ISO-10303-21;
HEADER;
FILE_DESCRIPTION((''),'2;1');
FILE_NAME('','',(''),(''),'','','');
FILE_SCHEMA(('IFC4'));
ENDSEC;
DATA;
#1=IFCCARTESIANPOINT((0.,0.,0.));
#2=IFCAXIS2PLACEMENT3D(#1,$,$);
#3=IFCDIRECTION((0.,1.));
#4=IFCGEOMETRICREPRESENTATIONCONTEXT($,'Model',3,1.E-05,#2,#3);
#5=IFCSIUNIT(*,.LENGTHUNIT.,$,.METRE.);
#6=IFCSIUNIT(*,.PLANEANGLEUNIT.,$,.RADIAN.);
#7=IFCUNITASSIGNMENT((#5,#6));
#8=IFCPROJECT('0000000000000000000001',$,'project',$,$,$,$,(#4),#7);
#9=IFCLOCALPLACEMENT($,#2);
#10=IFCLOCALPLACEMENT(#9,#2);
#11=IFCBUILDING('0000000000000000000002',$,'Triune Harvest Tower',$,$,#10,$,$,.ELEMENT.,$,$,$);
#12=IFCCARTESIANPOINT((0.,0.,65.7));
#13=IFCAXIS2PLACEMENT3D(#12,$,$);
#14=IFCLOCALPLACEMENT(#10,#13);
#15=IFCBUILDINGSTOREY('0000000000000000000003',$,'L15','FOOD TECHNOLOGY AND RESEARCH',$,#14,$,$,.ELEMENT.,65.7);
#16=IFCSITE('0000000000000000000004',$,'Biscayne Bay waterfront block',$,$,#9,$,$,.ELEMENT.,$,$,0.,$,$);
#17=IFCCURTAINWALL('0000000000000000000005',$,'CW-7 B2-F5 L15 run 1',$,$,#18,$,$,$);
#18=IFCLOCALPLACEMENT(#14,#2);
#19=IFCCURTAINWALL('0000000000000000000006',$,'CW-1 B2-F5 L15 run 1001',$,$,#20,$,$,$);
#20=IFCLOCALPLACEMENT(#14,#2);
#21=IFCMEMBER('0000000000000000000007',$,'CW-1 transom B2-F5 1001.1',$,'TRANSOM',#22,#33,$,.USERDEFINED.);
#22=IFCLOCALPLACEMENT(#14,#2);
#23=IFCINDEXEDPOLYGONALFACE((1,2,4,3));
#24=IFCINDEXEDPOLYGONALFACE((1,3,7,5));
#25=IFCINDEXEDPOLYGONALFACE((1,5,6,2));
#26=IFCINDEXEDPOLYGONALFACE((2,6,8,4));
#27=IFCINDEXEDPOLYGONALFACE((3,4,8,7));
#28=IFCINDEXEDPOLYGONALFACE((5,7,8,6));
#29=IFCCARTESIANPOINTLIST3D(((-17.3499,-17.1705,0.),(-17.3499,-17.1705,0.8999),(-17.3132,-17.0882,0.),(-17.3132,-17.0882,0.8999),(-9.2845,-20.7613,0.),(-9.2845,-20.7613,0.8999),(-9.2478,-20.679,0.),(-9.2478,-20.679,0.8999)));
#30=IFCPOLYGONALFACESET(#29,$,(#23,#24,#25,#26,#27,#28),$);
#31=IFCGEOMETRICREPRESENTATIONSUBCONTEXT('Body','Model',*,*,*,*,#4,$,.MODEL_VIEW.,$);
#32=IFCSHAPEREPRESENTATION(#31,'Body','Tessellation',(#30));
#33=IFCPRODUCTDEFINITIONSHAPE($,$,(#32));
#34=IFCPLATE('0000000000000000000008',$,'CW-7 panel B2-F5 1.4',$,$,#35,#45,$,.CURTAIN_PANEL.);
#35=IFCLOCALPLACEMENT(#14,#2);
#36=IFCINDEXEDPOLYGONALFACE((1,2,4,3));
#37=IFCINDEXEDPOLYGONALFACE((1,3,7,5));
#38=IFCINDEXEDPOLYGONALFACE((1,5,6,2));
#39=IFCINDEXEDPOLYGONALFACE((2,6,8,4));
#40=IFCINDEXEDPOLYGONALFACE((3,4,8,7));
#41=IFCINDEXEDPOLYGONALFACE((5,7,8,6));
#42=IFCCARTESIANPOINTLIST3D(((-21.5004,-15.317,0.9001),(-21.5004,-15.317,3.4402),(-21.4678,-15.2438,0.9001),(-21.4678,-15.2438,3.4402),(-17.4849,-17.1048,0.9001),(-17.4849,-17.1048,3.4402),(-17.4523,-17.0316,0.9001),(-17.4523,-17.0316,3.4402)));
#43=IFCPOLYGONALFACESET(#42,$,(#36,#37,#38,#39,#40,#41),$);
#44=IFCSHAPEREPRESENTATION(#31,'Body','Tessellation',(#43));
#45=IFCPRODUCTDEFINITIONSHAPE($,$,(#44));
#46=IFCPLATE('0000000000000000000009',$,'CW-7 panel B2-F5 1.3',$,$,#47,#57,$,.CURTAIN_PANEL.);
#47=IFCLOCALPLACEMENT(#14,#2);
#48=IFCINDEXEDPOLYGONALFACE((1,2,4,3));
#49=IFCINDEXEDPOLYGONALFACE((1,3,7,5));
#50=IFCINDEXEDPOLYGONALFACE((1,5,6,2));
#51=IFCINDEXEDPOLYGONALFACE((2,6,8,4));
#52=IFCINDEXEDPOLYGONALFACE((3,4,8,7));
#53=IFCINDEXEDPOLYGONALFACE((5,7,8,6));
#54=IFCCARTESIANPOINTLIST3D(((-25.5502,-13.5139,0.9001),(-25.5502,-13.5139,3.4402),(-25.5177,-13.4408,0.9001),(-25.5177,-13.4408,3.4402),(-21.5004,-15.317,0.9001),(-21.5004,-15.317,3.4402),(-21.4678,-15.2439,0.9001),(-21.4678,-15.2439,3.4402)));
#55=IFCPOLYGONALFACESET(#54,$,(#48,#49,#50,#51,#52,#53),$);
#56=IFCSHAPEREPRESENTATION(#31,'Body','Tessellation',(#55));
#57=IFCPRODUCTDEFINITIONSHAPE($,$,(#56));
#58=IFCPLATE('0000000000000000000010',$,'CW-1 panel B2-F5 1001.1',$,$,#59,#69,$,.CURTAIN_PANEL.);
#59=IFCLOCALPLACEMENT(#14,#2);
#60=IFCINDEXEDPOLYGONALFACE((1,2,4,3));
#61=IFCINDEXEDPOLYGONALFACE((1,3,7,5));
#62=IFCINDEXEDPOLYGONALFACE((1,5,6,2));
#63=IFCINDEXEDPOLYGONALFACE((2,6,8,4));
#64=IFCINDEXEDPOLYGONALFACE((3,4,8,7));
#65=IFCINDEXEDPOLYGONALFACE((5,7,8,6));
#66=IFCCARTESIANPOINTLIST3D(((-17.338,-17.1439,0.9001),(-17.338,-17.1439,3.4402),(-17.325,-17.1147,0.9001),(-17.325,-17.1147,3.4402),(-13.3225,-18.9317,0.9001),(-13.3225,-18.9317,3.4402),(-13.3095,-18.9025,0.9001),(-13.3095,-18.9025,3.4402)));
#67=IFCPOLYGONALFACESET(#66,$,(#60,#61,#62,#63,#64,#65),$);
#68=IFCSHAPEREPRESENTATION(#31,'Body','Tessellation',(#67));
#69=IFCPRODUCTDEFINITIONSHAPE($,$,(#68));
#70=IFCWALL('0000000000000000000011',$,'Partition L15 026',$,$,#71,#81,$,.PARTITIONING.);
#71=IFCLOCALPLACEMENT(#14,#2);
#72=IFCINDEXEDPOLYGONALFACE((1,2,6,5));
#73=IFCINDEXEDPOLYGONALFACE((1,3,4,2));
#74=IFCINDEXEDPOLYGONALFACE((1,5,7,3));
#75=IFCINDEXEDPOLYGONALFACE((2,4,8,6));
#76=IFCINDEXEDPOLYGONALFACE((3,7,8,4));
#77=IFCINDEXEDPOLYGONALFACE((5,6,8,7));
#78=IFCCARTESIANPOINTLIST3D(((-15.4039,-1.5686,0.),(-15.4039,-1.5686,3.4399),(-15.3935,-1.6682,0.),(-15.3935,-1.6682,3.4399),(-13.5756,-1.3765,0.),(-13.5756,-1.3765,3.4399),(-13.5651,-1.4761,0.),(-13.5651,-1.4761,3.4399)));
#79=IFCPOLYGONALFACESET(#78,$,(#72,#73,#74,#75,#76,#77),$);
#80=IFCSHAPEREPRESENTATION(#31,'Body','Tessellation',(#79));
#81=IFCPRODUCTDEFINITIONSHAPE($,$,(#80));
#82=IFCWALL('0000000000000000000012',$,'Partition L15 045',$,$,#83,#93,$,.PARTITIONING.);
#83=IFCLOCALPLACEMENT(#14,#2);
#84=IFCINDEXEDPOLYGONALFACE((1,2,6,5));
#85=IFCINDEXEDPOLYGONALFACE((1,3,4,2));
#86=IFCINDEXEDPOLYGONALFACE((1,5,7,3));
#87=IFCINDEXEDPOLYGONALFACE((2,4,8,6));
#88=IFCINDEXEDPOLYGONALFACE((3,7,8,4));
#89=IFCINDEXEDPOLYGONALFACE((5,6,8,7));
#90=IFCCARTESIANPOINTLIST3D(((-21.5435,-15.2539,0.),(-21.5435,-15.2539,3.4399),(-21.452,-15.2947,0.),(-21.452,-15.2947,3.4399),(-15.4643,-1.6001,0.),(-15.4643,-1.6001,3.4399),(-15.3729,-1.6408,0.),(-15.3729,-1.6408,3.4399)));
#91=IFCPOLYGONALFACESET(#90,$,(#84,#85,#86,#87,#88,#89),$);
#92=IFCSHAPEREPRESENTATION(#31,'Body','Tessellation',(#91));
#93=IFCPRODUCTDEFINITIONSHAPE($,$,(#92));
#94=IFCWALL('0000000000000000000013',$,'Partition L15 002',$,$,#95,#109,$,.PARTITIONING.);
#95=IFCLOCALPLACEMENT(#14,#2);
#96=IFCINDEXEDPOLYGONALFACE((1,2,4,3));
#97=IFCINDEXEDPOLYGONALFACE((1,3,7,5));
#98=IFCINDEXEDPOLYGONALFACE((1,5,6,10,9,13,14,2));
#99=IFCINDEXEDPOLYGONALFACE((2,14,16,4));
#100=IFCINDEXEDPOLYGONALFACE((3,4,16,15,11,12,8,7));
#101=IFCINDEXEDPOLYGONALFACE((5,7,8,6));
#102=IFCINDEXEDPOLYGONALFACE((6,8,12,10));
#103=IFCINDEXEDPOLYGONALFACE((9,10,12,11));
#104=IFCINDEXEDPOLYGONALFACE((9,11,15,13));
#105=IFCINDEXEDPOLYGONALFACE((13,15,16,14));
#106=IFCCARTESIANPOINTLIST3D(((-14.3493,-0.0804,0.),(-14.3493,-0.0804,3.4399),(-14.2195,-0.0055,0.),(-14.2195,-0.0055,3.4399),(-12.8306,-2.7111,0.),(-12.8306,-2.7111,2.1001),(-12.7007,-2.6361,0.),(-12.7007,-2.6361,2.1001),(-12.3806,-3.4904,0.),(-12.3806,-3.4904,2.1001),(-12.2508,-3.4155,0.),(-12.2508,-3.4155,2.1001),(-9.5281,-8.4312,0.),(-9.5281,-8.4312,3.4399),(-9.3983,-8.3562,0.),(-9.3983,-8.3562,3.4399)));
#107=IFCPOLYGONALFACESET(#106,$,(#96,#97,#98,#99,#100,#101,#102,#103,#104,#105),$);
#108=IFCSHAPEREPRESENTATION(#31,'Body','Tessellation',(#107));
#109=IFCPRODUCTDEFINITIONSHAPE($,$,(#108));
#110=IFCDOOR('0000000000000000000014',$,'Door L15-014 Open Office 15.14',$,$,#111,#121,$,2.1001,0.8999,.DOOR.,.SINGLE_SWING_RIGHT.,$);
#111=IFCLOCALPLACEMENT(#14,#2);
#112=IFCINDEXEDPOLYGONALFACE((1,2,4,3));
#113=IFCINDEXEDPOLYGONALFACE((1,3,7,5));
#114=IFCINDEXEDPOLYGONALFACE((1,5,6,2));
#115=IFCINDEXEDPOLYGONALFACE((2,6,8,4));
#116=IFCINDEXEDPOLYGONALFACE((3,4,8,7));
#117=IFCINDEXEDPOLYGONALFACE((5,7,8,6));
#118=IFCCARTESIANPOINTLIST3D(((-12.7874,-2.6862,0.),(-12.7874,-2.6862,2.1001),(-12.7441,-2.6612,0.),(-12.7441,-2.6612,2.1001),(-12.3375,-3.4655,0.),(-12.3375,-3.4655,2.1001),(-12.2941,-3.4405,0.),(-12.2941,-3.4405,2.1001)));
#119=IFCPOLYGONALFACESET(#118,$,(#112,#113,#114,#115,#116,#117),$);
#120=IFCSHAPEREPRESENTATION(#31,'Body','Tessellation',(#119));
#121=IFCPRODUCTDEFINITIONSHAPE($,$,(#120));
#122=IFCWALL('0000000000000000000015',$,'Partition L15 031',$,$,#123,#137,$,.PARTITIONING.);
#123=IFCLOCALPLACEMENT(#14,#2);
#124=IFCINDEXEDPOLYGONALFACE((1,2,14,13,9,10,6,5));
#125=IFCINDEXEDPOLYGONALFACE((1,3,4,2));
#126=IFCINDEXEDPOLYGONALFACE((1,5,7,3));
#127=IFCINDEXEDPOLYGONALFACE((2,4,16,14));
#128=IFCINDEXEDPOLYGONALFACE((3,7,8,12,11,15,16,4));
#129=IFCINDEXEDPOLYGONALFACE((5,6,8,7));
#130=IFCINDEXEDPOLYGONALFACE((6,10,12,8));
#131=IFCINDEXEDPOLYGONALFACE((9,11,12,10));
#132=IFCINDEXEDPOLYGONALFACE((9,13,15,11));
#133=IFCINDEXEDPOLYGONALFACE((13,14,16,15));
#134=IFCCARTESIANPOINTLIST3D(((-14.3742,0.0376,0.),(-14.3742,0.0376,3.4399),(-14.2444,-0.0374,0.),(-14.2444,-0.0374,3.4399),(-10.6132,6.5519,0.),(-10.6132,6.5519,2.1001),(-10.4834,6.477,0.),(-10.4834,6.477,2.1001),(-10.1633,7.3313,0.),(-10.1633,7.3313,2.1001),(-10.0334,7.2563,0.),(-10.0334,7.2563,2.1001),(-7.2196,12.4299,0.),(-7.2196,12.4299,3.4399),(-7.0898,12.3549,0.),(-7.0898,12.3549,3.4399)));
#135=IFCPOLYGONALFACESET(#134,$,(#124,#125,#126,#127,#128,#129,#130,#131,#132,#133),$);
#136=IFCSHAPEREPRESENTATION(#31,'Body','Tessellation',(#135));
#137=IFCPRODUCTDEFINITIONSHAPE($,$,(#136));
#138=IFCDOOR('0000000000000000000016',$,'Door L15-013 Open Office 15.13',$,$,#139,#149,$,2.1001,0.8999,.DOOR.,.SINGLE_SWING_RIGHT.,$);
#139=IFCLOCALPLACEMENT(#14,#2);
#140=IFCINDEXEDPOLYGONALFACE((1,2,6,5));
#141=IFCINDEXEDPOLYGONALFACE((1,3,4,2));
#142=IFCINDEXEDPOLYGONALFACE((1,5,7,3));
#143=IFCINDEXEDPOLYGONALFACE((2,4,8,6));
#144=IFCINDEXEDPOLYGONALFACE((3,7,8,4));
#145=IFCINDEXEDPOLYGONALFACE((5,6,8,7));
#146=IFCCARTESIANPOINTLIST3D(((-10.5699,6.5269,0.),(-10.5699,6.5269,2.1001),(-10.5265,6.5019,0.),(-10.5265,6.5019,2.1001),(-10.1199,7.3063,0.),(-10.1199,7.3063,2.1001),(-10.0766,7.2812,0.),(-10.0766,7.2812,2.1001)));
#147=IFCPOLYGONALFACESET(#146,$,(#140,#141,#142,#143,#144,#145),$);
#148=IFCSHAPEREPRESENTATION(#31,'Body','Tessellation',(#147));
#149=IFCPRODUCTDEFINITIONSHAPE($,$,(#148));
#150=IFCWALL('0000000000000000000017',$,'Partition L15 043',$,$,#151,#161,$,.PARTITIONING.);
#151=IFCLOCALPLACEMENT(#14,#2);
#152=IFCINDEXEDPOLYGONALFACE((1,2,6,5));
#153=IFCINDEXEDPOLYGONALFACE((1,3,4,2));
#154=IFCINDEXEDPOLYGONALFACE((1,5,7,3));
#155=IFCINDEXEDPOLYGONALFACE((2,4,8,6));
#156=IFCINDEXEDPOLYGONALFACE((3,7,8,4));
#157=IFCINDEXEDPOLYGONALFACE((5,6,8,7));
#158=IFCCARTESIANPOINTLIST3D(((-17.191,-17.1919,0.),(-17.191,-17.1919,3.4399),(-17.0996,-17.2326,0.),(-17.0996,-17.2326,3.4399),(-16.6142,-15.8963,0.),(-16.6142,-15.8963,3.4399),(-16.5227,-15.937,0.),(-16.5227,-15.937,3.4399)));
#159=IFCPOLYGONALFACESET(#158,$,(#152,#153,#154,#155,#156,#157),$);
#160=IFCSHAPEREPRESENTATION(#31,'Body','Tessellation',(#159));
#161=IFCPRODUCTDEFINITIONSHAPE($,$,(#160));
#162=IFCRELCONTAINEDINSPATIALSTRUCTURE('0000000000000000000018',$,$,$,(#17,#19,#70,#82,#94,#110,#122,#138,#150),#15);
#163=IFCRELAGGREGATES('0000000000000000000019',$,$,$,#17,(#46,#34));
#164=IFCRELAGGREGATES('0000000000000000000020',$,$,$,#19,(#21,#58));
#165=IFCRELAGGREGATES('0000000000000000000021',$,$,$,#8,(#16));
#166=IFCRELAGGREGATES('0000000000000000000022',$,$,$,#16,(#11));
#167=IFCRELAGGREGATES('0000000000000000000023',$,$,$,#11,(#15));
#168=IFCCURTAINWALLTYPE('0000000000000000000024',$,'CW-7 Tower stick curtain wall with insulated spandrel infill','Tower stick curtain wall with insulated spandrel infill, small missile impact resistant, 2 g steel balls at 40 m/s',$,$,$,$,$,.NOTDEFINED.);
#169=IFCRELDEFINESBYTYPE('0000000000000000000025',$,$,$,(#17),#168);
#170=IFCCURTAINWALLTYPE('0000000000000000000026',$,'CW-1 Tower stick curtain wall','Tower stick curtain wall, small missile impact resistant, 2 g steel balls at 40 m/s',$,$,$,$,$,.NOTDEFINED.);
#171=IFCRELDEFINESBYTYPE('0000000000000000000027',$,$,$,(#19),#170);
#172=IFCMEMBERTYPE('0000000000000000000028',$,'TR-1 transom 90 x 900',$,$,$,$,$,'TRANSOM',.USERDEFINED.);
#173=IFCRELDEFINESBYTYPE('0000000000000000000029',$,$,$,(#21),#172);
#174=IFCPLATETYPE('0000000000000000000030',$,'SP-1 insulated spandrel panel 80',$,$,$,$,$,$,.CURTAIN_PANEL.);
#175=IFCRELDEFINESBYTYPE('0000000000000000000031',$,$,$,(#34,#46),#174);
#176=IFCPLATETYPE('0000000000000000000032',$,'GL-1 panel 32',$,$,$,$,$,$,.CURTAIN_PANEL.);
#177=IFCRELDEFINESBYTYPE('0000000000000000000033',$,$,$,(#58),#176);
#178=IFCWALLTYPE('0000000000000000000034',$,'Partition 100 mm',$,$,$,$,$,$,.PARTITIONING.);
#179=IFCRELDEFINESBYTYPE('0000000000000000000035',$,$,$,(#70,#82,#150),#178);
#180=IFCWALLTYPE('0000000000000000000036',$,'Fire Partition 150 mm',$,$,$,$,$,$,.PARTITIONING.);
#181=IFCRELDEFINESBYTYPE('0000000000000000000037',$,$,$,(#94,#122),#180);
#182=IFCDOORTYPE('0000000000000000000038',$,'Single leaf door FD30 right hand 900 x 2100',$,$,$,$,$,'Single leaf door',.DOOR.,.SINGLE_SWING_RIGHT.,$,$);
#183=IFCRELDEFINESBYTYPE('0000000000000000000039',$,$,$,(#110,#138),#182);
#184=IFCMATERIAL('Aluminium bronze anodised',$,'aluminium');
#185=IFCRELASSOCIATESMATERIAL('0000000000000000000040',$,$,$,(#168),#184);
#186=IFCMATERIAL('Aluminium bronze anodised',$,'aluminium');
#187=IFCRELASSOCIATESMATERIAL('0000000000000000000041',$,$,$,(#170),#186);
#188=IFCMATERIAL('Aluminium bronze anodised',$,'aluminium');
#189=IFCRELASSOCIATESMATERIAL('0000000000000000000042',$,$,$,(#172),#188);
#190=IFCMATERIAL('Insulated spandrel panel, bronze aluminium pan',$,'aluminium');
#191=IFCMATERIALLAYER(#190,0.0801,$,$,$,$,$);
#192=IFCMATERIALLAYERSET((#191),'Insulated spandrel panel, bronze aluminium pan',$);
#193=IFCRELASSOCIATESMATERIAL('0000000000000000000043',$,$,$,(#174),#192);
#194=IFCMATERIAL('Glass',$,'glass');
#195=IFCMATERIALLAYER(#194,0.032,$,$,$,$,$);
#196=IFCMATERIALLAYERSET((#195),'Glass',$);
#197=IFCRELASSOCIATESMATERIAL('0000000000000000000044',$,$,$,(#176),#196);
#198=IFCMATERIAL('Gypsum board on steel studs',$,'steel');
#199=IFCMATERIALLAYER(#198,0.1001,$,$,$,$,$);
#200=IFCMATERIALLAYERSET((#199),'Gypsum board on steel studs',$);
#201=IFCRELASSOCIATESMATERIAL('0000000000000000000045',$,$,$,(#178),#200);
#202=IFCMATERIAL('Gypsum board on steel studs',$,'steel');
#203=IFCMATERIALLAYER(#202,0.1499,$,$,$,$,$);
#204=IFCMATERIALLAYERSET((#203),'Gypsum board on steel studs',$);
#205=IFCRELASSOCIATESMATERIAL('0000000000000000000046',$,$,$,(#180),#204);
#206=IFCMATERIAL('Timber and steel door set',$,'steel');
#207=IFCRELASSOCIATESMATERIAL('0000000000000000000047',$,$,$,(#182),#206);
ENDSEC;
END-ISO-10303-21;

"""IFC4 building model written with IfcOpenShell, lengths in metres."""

from ifc_helpers import new_model, si_unit, direction, frame, frame_2d, origin, origin_2d, place, context, subcontext, project, spatial, rectangle, extrude, source, transform, mapped, material, layer, layer_set, material_profile, profile_set, type_object, element, fill, aggregate, save


model = new_model("IFC4")

# Units and contexts
model_context = context("Model", 3, precision=1e-05, world=origin(), true_north=direction((0.0, 1.0)))
body_context = subcontext(model_context, "Body", "Model", "MODEL_VIEW")
ifc_project = project(units=[si_unit("LENGTHUNIT", "METRE"), si_unit("PLANEANGLEUNIT", "RADIAN")], contexts=[model_context])

# Site, building, storey
site_placement = place(None, origin())
site = spatial("IfcSite", under=ifc_project, at=site_placement, Name="Biscayne Bay waterfront block", CompositionType="ELEMENT", RefElevation=0.0)
building_placement = place(site_placement, origin())
building = spatial("IfcBuilding", under=site, at=building_placement, Name="Triune Harvest Tower", CompositionType="ELEMENT")
storey_placement = place(building_placement, frame((0.0, 0.0, 65.7)))
storey = spatial("IfcBuildingStorey", under=building, at=storey_placement, Name="L15", Description="FOOD TECHNOLOGY AND RESEARCH", CompositionType="ELEMENT", Elevation=65.7)

# Curtain wall
ifc_material_1 = material(Name="Aluminium bronze anodised", Category="aluminium")
curtain_wall_type_1 = type_object("IfcCurtainWallType", Name="CW-7 Tower stick curtain wall with insulated spandrel infill", Description="Tower stick curtain wall with insulated spandrel infill, small missile impact resistant, 2 g steel balls at 40 m/s", PredefinedType="NOTDEFINED", material=ifc_material_1)
curtain_wall_1_placement = place(storey_placement, origin())
curtain_wall_1 = element("IfcCurtainWall", 1, at=curtain_wall_1_placement, inside=storey, type_object=curtain_wall_type_1, Name="CW-7 B2-F5 L15 run 1")

# Curtain wall, member
ifc_material_2 = material(Name="Aluminium bronze anodised", Category="aluminium")
curtain_wall_type_2 = type_object("IfcCurtainWallType", Name="CW-1 Tower stick curtain wall", Description="Tower stick curtain wall, small missile impact resistant, 2 g steel balls at 40 m/s", PredefinedType="NOTDEFINED", material=ifc_material_2)
curtain_wall_2_placement = place(storey_placement, origin())
curtain_wall_2 = element("IfcCurtainWall", 2, at=curtain_wall_2_placement, inside=storey, type_object=curtain_wall_type_2, Name="CW-1 B2-F5 L15 run 1001")
ifc_material_3 = material(Name="Aluminium bronze anodised", Category="aluminium")
ifc_material_profile_1 = material_profile(ifc_material_3, rectangle(XDim=0.0901, YDim=0.8999, at=origin_2d()), Name="TR-1 transom 90 x 900")
ifc_profile_set_1 = profile_set([ifc_material_profile_1], Name="Aluminium bronze anodised")
member_type_1 = type_object("IfcMemberType", Name="TR-1 transom 90 x 900", ElementType="TRANSOM", PredefinedType="USERDEFINED", material=ifc_profile_set_1)
shared_shape_1 = source(origin(), body_context, "Body", "SweptSolid", [
    extrude(rectangle(XDim=0.0901, YDim=0.8999, at=origin_2d()), origin(), (0.0, 0.0, 1.0), 8.8286),
])
member_1_placement = place(storey_placement, frame((-17.3315, -17.1294, 0.45), z_axis=(0.913551, -0.406723, 0.0), x_axis=(0.406723, 0.913551, 0.0)))
member_1 = element("IfcMember", 3, at=member_1_placement, type_object=member_type_1, Name="CW-1 transom B2-F5 1001.1", ObjectType="TRANSOM", PredefinedType="USERDEFINED", context=body_context, shape_type="MappedRepresentation", body=[
    mapped(shared_shape_1, transform((0.0, 0.0, 0.0), scale=1.0)),
])

# Plates
ifc_material_4 = material(Name="Insulated spandrel panel, bronze aluminium pan", Category="aluminium")
ifc_layer_1 = layer(ifc_material_4, 0.0801)
ifc_layer_set_1 = layer_set([ifc_layer_1], Name="Insulated spandrel panel, bronze aluminium pan")
plate_type_1 = type_object("IfcPlateType", Name="SP-1 insulated spandrel panel 80", PredefinedType="CURTAIN_PANEL", material=ifc_layer_set_1)
shared_shape_2 = source(origin(), body_context, "Body", "SweptSolid", [
    extrude(rectangle(XDim=4.3955, YDim=0.0801, at=origin_2d()), origin(), (0.0, 0.0, 1.0), 2.54),
])
plate_1_placement = place(storey_placement, frame((-19.4763, -16.1743, 0.9001), z_axis=(0.0, 0.0, 1.0), x_axis=(0.913545, -0.406737, 0.0)))
plate_1 = element("IfcPlate", 4, at=plate_1_placement, type_object=plate_type_1, Name="CW-7 panel B2-F5 1.4", PredefinedType="CURTAIN_PANEL", context=body_context, shape_type="MappedRepresentation", body=[
    mapped(shared_shape_2, transform((0.0, 0.0, 0.0), scale=1.0)),
])
shared_shape_3 = source(origin(), body_context, "Body", "SweptSolid", [
    extrude(rectangle(XDim=4.4331, YDim=0.0801, at=origin_2d()), origin(), (0.0, 0.0, 1.0), 2.54),
])
plate_2_placement = place(storey_placement, frame((-23.509, -14.3789, 0.9001), z_axis=(0.0, 0.0, 1.0), x_axis=(0.913545, -0.406737, 0.0)))
plate_2 = element("IfcPlate", 5, at=plate_2_placement, type_object=plate_type_1, Name="CW-7 panel B2-F5 1.3", PredefinedType="CURTAIN_PANEL", context=body_context, shape_type="MappedRepresentation", body=[
    mapped(shared_shape_3, transform((0.0, 0.0, 0.0), scale=1.0)),
])
aggregate(curtain_wall_1, [plate_2, plate_1])
ifc_material_5 = material(Name="Glass", Category="glass")
ifc_layer_2 = layer(ifc_material_5, 0.032)
ifc_layer_set_2 = layer_set([ifc_layer_2], Name="Glass")
plate_type_2 = type_object("IfcPlateType", Name="GL-1 panel 32", PredefinedType="CURTAIN_PANEL", material=ifc_layer_set_2)
shared_shape_4 = source(origin(), body_context, "Body", "SweptSolid", [
    extrude(rectangle(XDim=4.3955, YDim=0.032, at=origin_2d()), origin(), (0.0, 0.0, 1.0), 2.54),
])
plate_3_placement = place(storey_placement, frame((-15.3237, -18.0232, 0.9001), z_axis=(0.0, 0.0, 1.0), x_axis=(0.913545, -0.406737, 0.0)))
plate_3 = element("IfcPlate", 6, at=plate_3_placement, type_object=plate_type_2, Name="CW-1 panel B2-F5 1001.1", PredefinedType="CURTAIN_PANEL", context=body_context, shape_type="MappedRepresentation", body=[
    mapped(shared_shape_4, transform((0.0, 0.0, 0.0), scale=1.0)),
])
aggregate(curtain_wall_2, [member_1, plate_3])

# Walls
ifc_material_6 = material(Name="Gypsum board on steel studs", Category="steel")
ifc_layer_3 = layer(ifc_material_6, 0.1001)
ifc_layer_set_3 = layer_set([ifc_layer_3], Name="Gypsum board on steel studs")
wall_type_1 = type_object("IfcWallType", Name="Partition 100 mm", PredefinedType="PARTITIONING", material=ifc_layer_set_3)
wall_1_placement = place(storey_placement, frame((-15.3987, -1.6184, 0.0), z_axis=(0.0, 0.0, 1.0), x_axis=(0.994524, 0.104512, 0.0)))
element("IfcWall", 7, at=wall_1_placement, inside=storey, type_object=wall_type_1, Name="Partition L15 026", PredefinedType="PARTITIONING", context=body_context, shape_type="SweptSolid", body=[
    extrude(rectangle(XDim=1.8384, YDim=0.1001, at=frame_2d((0.9192, 0.0))), origin(), (0.0, 0.0, 1.0), 3.4399),
])
wall_2_placement = place(storey_placement, frame((-21.4978, -15.2744, 0.0), z_axis=(0.0, 0.0, 1.0), x_axis=(0.406739, 0.913545, 0.0)))
element("IfcWall", 8, at=wall_2_placement, inside=storey, type_object=wall_type_1, Name="Partition L15 045", PredefinedType="PARTITIONING", context=body_context, shape_type="SweptSolid", body=[
    extrude(rectangle(XDim=14.946, YDim=0.1001, at=frame_2d((7.4731, 0.0))), origin(), (0.0, 0.0, 1.0), 3.4399),
])

# Walls, openings, doors
ifc_material_7 = material(Name="Gypsum board on steel studs", Category="steel")
ifc_layer_4 = layer(ifc_material_7, 0.1499)
ifc_layer_set_4 = layer_set([ifc_layer_4], Name="Gypsum board on steel studs")
wall_type_2 = type_object("IfcWallType", Name="Fire Partition 150 mm", PredefinedType="PARTITIONING", material=ifc_layer_set_4)
shared_shape_5 = source(origin(), body_context, "Body", "SweptSolid", [
    extrude(rectangle(XDim=9.6426, YDim=0.1499, at=frame_2d((4.8213, 0.0))), origin(), (0.0, 0.0, 1.0), 3.4399),
])
wall_3_placement = place(storey_placement, frame((-14.2844, -0.043, 0.0), z_axis=(0.0, 0.0, 1.0), x_axis=(0.499995, -0.866028, 0.0)))
wall_3 = element("IfcWall", 9, at=wall_3_placement, inside=storey, type_object=wall_type_2, Name="Partition L15 002", PredefinedType="PARTITIONING", context=body_context, shape_type="MappedRepresentation", body=[
    mapped(shared_shape_5, transform((0.0, 0.0, 0.0), scale=1.0)),
])
opening_1_placement = place(wall_3_placement, frame((3.0376, 0.0, 0.0)))
opening_1 = element("IfcOpeningElement", 10, at=opening_1_placement, cuts=wall_3, PredefinedType="OPENING", context=body_context, shape_type="SweptSolid", body=[
    extrude(rectangle(XDim=0.8999, YDim=2.1001, at=frame_2d((0.45, 1.05))), frame((0.0, 0.085, 0.0), z_axis=(0.0, -1.0, 0.0), x_axis=(1.0, 0.0, 0.0)), (0.0, 0.0, 1.0), 0.1699),
])
ifc_material_8 = material(Name="Timber and steel door set", Category="steel")
door_type_1 = type_object("IfcDoorType", Name="Single leaf door FD30 right hand 900 x 2100", ElementType="Single leaf door", OperationType="SINGLE_SWING_RIGHT", PredefinedType="DOOR", material=ifc_material_8)
door_1_placement = place(opening_1_placement, origin())
door_1 = element("IfcDoor", 11, at=door_1_placement, inside=storey, type_object=door_type_1, Name="Door L15-014 Open Office 15.14", OperationType="SINGLE_SWING_RIGHT", OverallHeight=2.1001, OverallWidth=0.8999, PredefinedType="DOOR", context=body_context, shape_type="SweptSolid", body=[
    extrude(rectangle(XDim=0.8999, YDim=2.1001, at=frame_2d((0.45, 1.05))), frame((0.0, 0.0249, 0.0), z_axis=(0.0, -1.0, 0.0), x_axis=(1.0, 0.0, 0.0)), (0.0, 0.0, 1.0), 0.05),
])
fill(opening_1, door_1)
shared_shape_6 = source(origin(), body_context, "Body", "SweptSolid", [
    extrude(rectangle(XDim=14.3093, YDim=0.1499, at=frame_2d((7.1548, 0.0))), origin(), (0.0, 0.0, 1.0), 3.4399),
])
wall_4_placement = place(storey_placement, frame((-14.3093, 0.0, 0.0), z_axis=(0.0, 0.0, 1.0), x_axis=(0.499991, 0.866031, 0.0)))
wall_4 = element("IfcWall", 12, at=wall_4_placement, inside=storey, type_object=wall_type_2, Name="Partition L15 031", PredefinedType="PARTITIONING", context=body_context, shape_type="MappedRepresentation", body=[
    mapped(shared_shape_6, transform((0.0, 0.0, 0.0), scale=1.0)),
])
opening_2_placement = place(wall_4_placement, frame((7.5222, 0.0, 0.0)))
opening_2 = element("IfcOpeningElement", 13, at=opening_2_placement, cuts=wall_4, PredefinedType="OPENING", context=body_context, shape_type="SweptSolid", body=[
    extrude(rectangle(XDim=0.8999, YDim=2.1001, at=frame_2d((0.45, 1.05))), frame((0.0, 0.085, 0.0), z_axis=(0.0, -1.0, 0.0), x_axis=(1.0, 0.0, 0.0)), (0.0, 0.0, 1.0), 0.1699),
])
door_2_placement = place(opening_2_placement, origin())
door_2 = element("IfcDoor", 14, at=door_2_placement, inside=storey, type_object=door_type_1, Name="Door L15-013 Open Office 15.13", OperationType="SINGLE_SWING_RIGHT", OverallHeight=2.1001, OverallWidth=0.8999, PredefinedType="DOOR", context=body_context, shape_type="SweptSolid", body=[
    extrude(rectangle(XDim=0.8999, YDim=2.1001, at=frame_2d((0.45, 1.05))), frame((0.0, 0.0249, 0.0), z_axis=(0.0, -1.0, 0.0), x_axis=(1.0, 0.0, 0.0)), (0.0, 0.0, 1.0), 0.05),
])
fill(opening_2, door_2)

# Wall
shared_shape_7 = source(origin(), body_context, "Body", "SweptSolid", [
    extrude(rectangle(XDim=1.4182, YDim=0.1001, at=frame_2d((0.709, 0.0))), origin(), (0.0, 0.0, 1.0), 3.4399),
])
wall_5_placement = place(storey_placement, frame((-17.1453, -17.2122, 0.0), z_axis=(0.0, 0.0, 1.0), x_axis=(0.406761, 0.913534, 0.0)))
element("IfcWall", 15, at=wall_5_placement, inside=storey, type_object=wall_type_1, Name="Partition L15 043", PredefinedType="PARTITIONING", context=body_context, shape_type="MappedRepresentation", body=[
    mapped(shared_shape_7, transform((0.0, 0.0, 0.0), scale=1.0)),
])

save(model, "model.ifc")
